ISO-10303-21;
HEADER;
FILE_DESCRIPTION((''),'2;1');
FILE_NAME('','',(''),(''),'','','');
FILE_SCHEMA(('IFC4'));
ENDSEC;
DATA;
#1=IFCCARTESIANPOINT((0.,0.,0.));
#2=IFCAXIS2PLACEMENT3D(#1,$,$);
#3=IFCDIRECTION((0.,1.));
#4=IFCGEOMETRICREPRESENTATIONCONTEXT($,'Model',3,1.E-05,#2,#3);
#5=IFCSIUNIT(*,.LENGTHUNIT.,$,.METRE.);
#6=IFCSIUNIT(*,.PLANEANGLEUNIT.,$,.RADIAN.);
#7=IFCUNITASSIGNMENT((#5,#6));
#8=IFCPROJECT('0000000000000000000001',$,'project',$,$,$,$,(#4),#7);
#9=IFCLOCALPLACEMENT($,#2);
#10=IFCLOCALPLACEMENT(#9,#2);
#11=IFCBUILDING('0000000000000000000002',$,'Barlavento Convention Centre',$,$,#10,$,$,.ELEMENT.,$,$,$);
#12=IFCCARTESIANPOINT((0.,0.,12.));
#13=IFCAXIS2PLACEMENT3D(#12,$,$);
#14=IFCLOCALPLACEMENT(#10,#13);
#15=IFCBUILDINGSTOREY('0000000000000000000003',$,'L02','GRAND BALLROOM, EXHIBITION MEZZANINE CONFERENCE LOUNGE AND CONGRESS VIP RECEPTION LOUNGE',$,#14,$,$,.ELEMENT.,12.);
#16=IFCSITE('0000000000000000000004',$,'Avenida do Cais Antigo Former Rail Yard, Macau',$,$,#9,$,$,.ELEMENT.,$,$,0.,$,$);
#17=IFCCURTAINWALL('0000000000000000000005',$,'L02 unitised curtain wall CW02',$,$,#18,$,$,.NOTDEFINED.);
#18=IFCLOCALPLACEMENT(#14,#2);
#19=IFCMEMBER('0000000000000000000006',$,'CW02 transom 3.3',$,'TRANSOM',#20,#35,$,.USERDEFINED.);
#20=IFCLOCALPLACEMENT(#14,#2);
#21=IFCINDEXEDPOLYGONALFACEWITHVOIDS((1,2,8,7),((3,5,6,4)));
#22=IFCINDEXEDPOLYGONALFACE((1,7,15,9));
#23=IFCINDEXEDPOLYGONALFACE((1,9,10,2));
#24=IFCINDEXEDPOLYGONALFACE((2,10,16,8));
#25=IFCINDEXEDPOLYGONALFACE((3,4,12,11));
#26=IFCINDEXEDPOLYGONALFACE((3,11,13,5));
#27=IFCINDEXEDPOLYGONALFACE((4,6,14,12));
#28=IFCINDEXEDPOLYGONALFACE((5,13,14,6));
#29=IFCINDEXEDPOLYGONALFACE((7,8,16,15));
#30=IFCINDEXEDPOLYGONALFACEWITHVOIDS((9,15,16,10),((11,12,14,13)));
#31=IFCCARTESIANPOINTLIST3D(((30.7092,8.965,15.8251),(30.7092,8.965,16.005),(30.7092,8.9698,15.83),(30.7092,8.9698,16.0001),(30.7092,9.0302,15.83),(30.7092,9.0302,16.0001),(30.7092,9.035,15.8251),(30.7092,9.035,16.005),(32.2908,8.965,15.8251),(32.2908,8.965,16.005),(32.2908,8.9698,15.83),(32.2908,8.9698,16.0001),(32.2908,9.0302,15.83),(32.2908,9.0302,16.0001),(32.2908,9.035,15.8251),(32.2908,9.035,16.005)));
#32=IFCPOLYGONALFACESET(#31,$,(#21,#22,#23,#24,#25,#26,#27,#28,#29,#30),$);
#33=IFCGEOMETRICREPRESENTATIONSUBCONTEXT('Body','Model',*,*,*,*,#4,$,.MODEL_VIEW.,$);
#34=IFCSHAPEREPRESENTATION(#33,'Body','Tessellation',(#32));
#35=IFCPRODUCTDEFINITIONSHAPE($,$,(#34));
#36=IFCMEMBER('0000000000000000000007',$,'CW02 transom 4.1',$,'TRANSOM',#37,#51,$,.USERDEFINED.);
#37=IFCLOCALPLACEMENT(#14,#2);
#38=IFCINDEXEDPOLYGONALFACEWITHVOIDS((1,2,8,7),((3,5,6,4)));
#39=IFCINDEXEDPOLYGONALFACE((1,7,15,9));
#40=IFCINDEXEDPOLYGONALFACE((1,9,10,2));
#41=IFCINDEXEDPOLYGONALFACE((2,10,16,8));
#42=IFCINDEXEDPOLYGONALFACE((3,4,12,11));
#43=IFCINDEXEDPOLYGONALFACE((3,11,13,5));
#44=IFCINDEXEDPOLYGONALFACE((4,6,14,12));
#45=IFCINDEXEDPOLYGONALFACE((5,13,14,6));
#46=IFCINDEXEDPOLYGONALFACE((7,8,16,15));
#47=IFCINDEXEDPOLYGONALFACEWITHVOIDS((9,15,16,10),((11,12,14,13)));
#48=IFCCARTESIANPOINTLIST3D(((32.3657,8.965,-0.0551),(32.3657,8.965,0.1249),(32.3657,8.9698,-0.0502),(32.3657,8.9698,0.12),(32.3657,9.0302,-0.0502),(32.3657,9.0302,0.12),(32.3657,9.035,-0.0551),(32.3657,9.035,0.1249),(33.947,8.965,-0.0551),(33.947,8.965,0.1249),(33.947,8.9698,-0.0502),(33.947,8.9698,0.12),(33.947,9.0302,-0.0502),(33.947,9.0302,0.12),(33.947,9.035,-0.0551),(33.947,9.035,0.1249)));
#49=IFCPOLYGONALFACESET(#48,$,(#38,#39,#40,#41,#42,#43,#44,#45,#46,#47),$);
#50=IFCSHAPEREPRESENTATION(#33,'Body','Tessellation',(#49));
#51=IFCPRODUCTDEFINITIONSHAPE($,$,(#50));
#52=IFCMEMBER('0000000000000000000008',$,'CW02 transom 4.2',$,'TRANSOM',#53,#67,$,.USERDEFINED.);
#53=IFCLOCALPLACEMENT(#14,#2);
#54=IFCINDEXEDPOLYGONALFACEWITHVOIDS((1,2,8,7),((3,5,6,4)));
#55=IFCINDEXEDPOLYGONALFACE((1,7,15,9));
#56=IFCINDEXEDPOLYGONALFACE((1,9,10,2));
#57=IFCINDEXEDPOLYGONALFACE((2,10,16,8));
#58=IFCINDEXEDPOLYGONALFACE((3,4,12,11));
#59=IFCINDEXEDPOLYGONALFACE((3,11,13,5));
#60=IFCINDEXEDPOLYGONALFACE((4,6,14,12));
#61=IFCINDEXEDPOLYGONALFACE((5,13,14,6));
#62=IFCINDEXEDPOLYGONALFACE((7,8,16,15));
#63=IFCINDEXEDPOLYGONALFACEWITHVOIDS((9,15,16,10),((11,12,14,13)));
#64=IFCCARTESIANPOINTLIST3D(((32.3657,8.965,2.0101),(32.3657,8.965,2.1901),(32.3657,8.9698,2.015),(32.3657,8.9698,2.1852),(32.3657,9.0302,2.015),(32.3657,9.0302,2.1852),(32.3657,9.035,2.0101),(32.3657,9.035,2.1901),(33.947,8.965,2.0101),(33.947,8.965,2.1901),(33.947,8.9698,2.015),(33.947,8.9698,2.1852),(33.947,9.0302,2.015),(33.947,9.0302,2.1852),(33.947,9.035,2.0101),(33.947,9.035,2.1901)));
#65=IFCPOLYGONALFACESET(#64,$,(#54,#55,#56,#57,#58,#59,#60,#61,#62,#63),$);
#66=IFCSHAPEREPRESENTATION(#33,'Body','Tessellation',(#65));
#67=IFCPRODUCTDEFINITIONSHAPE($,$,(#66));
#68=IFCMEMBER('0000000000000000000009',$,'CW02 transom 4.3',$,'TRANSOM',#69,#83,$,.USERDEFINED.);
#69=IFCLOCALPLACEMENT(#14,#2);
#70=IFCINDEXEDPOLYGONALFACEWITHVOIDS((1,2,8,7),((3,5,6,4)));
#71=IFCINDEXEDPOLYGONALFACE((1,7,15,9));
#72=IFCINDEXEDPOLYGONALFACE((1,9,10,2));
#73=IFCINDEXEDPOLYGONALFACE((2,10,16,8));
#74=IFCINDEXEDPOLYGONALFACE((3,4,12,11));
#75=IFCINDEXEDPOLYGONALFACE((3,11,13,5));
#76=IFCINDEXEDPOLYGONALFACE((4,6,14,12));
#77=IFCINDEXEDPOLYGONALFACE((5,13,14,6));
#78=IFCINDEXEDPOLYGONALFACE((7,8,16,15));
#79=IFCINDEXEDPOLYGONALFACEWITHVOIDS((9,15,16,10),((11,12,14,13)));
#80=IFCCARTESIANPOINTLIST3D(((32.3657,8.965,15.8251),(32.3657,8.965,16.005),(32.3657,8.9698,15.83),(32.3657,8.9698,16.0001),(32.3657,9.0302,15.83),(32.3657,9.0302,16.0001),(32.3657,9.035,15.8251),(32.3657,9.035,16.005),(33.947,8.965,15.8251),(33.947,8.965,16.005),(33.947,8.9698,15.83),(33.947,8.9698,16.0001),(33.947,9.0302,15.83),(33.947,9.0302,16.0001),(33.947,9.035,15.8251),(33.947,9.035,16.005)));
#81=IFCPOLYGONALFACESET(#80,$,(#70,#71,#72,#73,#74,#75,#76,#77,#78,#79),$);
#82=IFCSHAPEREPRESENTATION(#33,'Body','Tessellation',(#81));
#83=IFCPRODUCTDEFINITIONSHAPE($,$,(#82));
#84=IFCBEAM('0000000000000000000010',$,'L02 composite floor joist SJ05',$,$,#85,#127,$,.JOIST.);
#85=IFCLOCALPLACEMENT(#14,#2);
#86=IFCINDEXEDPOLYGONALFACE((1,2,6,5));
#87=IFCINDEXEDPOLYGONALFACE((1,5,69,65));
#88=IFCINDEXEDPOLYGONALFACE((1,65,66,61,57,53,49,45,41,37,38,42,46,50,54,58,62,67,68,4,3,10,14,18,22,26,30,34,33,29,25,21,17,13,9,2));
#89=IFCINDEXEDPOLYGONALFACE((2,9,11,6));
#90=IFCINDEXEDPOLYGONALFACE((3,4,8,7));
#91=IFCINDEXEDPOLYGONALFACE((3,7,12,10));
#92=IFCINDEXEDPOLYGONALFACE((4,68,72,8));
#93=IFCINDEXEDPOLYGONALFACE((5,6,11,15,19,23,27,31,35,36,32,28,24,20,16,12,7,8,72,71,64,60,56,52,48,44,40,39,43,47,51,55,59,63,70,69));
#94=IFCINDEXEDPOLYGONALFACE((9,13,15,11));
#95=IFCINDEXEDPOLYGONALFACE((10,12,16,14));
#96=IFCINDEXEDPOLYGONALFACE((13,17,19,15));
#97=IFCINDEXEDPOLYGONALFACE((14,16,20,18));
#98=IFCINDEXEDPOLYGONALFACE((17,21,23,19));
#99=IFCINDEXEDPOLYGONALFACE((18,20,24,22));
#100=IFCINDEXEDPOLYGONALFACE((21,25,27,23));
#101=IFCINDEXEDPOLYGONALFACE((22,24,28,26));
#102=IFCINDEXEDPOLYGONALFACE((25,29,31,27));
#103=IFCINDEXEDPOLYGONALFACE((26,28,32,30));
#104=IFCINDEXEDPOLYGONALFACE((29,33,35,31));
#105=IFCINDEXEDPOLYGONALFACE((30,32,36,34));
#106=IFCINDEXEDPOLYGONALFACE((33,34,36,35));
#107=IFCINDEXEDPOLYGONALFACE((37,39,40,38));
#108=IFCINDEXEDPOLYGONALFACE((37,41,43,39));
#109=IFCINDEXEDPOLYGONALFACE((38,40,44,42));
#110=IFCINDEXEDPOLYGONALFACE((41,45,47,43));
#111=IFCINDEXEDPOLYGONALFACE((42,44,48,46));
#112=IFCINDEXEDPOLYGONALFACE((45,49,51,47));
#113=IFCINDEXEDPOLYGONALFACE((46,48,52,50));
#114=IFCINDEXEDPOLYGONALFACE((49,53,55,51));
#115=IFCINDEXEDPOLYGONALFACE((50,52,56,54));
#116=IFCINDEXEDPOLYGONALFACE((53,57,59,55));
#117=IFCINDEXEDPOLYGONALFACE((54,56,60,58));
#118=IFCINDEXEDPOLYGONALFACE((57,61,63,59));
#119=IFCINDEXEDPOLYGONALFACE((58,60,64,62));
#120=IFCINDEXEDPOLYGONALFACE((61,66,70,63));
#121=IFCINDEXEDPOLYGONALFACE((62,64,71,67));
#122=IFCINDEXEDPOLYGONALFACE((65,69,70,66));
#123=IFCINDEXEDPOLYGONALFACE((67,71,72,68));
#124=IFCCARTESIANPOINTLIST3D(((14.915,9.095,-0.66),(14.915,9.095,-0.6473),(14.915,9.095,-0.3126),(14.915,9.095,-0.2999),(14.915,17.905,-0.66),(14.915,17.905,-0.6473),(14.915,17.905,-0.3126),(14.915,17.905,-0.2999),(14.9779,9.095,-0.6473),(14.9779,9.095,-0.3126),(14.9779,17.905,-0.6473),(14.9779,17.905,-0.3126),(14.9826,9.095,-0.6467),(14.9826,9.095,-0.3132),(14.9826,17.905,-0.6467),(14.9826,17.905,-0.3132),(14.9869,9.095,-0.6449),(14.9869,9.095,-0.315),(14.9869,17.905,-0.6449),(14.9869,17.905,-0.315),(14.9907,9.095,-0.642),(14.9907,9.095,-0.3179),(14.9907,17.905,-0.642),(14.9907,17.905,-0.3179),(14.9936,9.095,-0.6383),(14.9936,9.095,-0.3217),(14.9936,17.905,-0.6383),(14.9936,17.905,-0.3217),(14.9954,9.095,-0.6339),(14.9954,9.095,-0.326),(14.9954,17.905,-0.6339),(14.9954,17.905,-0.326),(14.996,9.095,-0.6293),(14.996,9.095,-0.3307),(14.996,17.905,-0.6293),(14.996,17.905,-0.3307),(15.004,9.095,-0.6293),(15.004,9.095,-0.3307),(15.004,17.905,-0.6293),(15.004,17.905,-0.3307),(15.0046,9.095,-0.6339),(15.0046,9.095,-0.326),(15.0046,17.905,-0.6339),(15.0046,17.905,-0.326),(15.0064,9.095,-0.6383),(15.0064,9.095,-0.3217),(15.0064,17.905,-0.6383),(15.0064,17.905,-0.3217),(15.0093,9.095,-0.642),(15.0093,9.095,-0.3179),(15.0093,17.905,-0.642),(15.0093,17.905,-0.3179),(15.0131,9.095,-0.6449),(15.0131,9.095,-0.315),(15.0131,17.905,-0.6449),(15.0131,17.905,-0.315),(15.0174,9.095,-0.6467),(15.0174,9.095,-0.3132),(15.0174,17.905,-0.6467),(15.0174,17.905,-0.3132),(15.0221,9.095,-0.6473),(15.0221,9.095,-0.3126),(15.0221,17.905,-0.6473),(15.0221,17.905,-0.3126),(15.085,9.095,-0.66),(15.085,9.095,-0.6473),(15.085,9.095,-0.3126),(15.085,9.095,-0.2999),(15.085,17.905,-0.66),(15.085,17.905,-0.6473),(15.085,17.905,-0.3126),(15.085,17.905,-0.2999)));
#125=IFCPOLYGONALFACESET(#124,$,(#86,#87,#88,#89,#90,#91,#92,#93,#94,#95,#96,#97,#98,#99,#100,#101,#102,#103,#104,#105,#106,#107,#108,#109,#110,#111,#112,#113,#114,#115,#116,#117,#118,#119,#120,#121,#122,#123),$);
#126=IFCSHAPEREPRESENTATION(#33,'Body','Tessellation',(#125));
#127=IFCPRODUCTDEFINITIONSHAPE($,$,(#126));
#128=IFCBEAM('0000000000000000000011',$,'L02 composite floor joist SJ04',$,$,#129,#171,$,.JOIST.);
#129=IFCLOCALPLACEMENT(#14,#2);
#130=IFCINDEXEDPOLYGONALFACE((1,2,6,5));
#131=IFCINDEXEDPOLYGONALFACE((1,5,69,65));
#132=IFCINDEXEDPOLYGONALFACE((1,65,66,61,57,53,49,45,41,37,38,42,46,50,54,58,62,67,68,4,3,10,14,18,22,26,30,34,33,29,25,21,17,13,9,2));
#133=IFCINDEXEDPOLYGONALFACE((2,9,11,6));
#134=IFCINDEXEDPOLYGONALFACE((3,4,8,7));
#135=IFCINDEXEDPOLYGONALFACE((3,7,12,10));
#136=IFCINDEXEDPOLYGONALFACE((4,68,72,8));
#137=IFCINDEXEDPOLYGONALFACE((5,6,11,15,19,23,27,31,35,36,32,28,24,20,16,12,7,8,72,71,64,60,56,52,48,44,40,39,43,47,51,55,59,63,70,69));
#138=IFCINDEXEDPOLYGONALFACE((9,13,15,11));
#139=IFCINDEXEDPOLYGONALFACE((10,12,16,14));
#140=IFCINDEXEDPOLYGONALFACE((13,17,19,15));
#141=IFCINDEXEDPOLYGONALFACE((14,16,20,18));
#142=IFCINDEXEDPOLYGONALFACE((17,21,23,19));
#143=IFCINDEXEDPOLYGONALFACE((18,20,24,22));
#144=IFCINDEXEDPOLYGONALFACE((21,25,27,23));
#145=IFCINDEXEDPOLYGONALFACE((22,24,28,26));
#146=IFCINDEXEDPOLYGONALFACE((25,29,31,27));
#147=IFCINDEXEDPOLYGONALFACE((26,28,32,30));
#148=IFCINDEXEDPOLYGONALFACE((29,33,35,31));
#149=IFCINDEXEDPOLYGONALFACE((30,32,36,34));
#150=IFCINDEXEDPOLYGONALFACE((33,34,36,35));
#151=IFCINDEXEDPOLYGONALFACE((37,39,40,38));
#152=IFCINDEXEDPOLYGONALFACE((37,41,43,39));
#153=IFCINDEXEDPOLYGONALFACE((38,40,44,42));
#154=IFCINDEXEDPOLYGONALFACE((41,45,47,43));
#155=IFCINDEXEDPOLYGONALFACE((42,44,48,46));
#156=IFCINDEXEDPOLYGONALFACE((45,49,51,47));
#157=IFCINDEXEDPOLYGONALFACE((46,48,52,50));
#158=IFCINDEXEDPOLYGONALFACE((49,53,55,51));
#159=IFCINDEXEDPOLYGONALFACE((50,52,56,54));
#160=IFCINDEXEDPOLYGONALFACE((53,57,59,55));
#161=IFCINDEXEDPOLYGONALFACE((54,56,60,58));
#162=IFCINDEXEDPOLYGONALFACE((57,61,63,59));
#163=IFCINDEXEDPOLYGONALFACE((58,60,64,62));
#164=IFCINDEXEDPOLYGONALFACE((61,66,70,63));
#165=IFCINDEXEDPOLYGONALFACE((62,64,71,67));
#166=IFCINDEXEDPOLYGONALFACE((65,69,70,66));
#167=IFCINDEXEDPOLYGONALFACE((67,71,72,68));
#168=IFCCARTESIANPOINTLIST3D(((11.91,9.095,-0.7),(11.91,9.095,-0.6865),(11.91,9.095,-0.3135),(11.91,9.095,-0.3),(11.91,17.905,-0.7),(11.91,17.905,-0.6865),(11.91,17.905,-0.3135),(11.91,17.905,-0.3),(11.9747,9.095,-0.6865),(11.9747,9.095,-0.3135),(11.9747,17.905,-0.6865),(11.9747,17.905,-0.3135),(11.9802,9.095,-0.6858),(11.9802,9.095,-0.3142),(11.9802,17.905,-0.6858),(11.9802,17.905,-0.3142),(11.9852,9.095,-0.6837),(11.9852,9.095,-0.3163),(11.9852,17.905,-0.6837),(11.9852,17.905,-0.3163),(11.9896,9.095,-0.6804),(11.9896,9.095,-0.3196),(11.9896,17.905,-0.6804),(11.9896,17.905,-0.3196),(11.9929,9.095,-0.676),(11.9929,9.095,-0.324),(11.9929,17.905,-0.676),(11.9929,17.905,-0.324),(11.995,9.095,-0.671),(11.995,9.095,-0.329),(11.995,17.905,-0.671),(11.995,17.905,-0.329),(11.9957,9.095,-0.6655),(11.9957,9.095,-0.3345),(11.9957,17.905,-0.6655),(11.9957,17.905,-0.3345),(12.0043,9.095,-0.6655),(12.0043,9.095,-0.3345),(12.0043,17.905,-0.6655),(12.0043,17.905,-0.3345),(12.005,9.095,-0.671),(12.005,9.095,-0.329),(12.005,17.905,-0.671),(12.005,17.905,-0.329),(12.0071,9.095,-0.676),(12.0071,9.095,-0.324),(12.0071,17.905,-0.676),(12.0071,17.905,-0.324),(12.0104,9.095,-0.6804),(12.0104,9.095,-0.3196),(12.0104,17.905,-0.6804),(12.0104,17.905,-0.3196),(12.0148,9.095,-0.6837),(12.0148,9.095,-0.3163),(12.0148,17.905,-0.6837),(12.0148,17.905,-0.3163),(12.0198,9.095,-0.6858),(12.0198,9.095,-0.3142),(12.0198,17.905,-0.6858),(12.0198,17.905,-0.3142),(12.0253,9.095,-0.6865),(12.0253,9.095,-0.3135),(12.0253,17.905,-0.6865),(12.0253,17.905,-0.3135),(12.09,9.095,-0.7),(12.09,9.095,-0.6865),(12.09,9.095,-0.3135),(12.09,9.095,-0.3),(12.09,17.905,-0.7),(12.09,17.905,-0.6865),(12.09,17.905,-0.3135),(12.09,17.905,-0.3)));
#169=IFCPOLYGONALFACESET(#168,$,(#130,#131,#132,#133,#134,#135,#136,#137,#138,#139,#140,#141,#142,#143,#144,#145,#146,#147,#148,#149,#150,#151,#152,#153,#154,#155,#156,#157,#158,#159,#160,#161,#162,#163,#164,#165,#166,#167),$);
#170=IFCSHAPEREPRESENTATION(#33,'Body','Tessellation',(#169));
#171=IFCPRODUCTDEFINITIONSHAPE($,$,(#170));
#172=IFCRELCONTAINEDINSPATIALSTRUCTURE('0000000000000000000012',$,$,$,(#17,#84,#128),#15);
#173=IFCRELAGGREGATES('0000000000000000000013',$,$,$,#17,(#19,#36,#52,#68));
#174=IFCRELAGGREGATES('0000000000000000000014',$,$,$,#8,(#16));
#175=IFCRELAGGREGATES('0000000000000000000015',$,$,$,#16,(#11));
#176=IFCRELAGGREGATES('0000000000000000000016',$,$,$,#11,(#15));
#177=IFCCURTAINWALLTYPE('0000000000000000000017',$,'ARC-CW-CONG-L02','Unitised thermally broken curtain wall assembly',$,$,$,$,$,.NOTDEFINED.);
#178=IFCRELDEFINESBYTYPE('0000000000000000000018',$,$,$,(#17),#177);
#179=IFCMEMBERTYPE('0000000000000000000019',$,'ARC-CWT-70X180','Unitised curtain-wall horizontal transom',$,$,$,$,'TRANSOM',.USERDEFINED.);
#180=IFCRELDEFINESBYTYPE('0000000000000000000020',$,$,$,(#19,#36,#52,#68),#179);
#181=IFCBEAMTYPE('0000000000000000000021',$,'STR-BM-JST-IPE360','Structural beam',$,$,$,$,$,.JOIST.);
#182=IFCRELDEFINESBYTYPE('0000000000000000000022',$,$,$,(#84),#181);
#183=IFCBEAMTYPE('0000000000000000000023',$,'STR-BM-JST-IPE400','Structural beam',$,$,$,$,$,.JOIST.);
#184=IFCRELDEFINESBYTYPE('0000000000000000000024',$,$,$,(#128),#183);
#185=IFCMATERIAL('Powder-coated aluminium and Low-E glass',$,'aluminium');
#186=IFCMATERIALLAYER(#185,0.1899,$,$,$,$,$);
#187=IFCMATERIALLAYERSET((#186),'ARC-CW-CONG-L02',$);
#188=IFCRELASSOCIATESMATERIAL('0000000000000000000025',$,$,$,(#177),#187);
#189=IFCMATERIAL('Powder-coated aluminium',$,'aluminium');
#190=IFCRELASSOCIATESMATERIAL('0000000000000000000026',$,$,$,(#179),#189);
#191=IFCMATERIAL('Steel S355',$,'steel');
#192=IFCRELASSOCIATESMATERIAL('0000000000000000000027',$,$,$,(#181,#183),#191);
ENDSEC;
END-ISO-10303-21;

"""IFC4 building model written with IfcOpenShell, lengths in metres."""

from ifc_helpers import new_model, si_unit, direction, frame, origin, origin_2d, place, context, subcontext, project, spatial, hollow_rectangle, i_section, extrude, material, layer, layer_set, material_profile, profile_set, type_object, element, aggregate, save


model = new_model("IFC4")

# Units and contexts
model_context = context("Model", 3, precision=1e-05, world=origin(), true_north=direction((0.0, 1.0)))
body_context = subcontext(model_context, "Body", "Model", "MODEL_VIEW")
ifc_project = project(units=[si_unit("LENGTHUNIT", "METRE"), si_unit("PLANEANGLEUNIT", "RADIAN")], contexts=[model_context])

# Site, building, storey
site_placement = place(None, origin())
site = spatial("IfcSite", under=ifc_project, at=site_placement, Name="Avenida do Cais Antigo Former Rail Yard, Macau", CompositionType="ELEMENT", RefElevation=0.0)
building_placement = place(site_placement, origin())
building = spatial("IfcBuilding", under=site, at=building_placement, Name="Barlavento Convention Centre", CompositionType="ELEMENT")
storey_placement = place(building_placement, frame((0.0, 0.0, 12.0)))
storey = spatial("IfcBuildingStorey", under=building, at=storey_placement, Name="L02", Description="GRAND BALLROOM, EXHIBITION MEZZANINE CONFERENCE LOUNGE AND CONGRESS VIP RECEPTION LOUNGE", CompositionType="ELEMENT", Elevation=12.0)

# Curtain wall
ifc_material_1 = material(Name="Powder-coated aluminium and Low-E glass", Category="aluminium")
ifc_layer_1 = layer(ifc_material_1, 0.1899)
ifc_layer_set_1 = layer_set([ifc_layer_1], Name="ARC-CW-CONG-L02")
curtain_wall_type = type_object("IfcCurtainWallType", Name="ARC-CW-CONG-L02", Description="Unitised thermally broken curtain wall assembly", PredefinedType="NOTDEFINED", material=ifc_layer_set_1)
ifc_material_2 = material(Name="Powder-coated aluminium", Category="aluminium")
curtain_wall_1_placement = place(storey_placement, origin())
curtain_wall_1 = element("IfcCurtainWall", 1, at=curtain_wall_1_placement, inside=storey, type_object=curtain_wall_type, Name="L02 unitised curtain wall CW02", PredefinedType="NOTDEFINED")

# Members
ifc_material_profile_1 = material_profile(ifc_material_2, hollow_rectangle(XDim=0.0701, YDim=0.1799, WallThickness=0.0049, at=origin_2d()), Name="AL-TRAN 70x180x5")
ifc_profile_set_1 = profile_set([ifc_material_profile_1], Name="Powder-coated aluminium")
member_type_1 = type_object("IfcMemberType", Name="ARC-CWT-70X180", Description="Unitised curtain-wall horizontal transom", ElementType="TRANSOM", PredefinedType="USERDEFINED", material=ifc_profile_set_1)
member_1_placement = place(storey_placement, frame((30.7092, 9.0, 15.915), z_axis=(1.0, 0.0, 0.0), x_axis=(0.0, 1.0, 0.0)))
member_1 = element("IfcMember", 2, at=member_1_placement, type_object=member_type_1, Name="CW02 transom 3.3", ObjectType="TRANSOM", PredefinedType="USERDEFINED", context=body_context, shape_type="SweptSolid", body=[
    extrude(hollow_rectangle(XDim=0.0701, YDim=0.1799, WallThickness=0.0049, at=origin_2d()), origin(), (0.0, 0.0, 1.0), 1.5815),
])
member_2_placement = place(storey_placement, frame((32.3657, 9.0, 0.0349), z_axis=(1.0, 0.0, 0.0), x_axis=(0.0, 1.0, 0.0)))
member_2 = element("IfcMember", 3, at=member_2_placement, type_object=member_type_1, Name="CW02 transom 4.1", ObjectType="TRANSOM", PredefinedType="USERDEFINED", context=body_context, shape_type="SweptSolid", body=[
    extrude(hollow_rectangle(XDim=0.0701, YDim=0.1799, WallThickness=0.0049, at=origin_2d()), origin(), (0.0, 0.0, 1.0), 1.5813),
])
member_3_placement = place(storey_placement, frame((32.3657, 9.0, 2.1001), z_axis=(1.0, 0.0, 0.0), x_axis=(0.0, 1.0, 0.0)))
member_3 = element("IfcMember", 4, at=member_3_placement, type_object=member_type_1, Name="CW02 transom 4.2", ObjectType="TRANSOM", PredefinedType="USERDEFINED", context=body_context, shape_type="SweptSolid", body=[
    extrude(hollow_rectangle(XDim=0.0701, YDim=0.1799, WallThickness=0.0049, at=origin_2d()), origin(), (0.0, 0.0, 1.0), 1.5813),
])
member_4_placement = place(storey_placement, frame((32.3657, 9.0, 15.915), z_axis=(1.0, 0.0, 0.0), x_axis=(0.0, 1.0, 0.0)))
member_4 = element("IfcMember", 5, at=member_4_placement, type_object=member_type_1, Name="CW02 transom 4.3", ObjectType="TRANSOM", PredefinedType="USERDEFINED", context=body_context, shape_type="SweptSolid", body=[
    extrude(hollow_rectangle(XDim=0.0701, YDim=0.1799, WallThickness=0.0049, at=origin_2d()), origin(), (0.0, 0.0, 1.0), 1.5813),
])

# Beams
ifc_material_3 = material(Name="Steel S355", Category="steel")
ifc_material_profile_2 = material_profile(ifc_material_3, i_section(OverallWidth=0.1699, OverallDepth=0.3601, WebThickness=0.0081, FlangeThickness=0.0127, FilletRadius=0.0181, at=origin_2d()), Name="IPE 360")
ifc_profile_set_2 = profile_set([ifc_material_profile_2], Name="Steel S355")
beam_type_1 = type_object("IfcBeamType", Name="STR-BM-JST-IPE360", Description="Structural beam", PredefinedType="JOIST", material=ifc_profile_set_2)
beam_1_placement = place(storey_placement, frame((15.0, 9.095, -0.48), z_axis=(0.0, 1.0, 0.0), x_axis=(-1.0, 0.0, 0.0)))
element("IfcBeam", 6, at=beam_1_placement, inside=storey, type_object=beam_type_1, Name="L02 composite floor joist SJ05", PredefinedType="JOIST", context=body_context, shape_type="SweptSolid", body=[
    extrude(i_section(OverallWidth=0.1699, OverallDepth=0.3601, WebThickness=0.0081, FlangeThickness=0.0127, FilletRadius=0.0181, at=origin_2d()), origin(), (0.0, 0.0, 1.0), 8.8101),
])
ifc_material_profile_3 = material_profile(ifc_material_3, i_section(OverallWidth=0.1799, OverallDepth=0.3999, WebThickness=0.0085, FlangeThickness=0.0134, FilletRadius=0.021, at=origin_2d()), Name="IPE 400")
ifc_profile_set_3 = profile_set([ifc_material_profile_3], Name="Steel S355")
beam_type_2 = type_object("IfcBeamType", Name="STR-BM-JST-IPE400", Description="Structural beam", PredefinedType="JOIST", material=ifc_profile_set_3)
beam_2_placement = place(storey_placement, frame((12.0, 9.095, -0.5), z_axis=(0.0, 1.0, 0.0), x_axis=(-1.0, 0.0, 0.0)))
element("IfcBeam", 7, at=beam_2_placement, inside=storey, type_object=beam_type_2, Name="L02 composite floor joist SJ04", PredefinedType="JOIST", context=body_context, shape_type="SweptSolid", body=[
    extrude(i_section(OverallWidth=0.1799, OverallDepth=0.3999, WebThickness=0.0085, FlangeThickness=0.0134, FilletRadius=0.021, at=origin_2d()), origin(), (0.0, 0.0, 1.0), 8.8101),
])

aggregate(curtain_wall_1, [member_1, member_2, member_3, member_4])

save(model, "model.ifc")
